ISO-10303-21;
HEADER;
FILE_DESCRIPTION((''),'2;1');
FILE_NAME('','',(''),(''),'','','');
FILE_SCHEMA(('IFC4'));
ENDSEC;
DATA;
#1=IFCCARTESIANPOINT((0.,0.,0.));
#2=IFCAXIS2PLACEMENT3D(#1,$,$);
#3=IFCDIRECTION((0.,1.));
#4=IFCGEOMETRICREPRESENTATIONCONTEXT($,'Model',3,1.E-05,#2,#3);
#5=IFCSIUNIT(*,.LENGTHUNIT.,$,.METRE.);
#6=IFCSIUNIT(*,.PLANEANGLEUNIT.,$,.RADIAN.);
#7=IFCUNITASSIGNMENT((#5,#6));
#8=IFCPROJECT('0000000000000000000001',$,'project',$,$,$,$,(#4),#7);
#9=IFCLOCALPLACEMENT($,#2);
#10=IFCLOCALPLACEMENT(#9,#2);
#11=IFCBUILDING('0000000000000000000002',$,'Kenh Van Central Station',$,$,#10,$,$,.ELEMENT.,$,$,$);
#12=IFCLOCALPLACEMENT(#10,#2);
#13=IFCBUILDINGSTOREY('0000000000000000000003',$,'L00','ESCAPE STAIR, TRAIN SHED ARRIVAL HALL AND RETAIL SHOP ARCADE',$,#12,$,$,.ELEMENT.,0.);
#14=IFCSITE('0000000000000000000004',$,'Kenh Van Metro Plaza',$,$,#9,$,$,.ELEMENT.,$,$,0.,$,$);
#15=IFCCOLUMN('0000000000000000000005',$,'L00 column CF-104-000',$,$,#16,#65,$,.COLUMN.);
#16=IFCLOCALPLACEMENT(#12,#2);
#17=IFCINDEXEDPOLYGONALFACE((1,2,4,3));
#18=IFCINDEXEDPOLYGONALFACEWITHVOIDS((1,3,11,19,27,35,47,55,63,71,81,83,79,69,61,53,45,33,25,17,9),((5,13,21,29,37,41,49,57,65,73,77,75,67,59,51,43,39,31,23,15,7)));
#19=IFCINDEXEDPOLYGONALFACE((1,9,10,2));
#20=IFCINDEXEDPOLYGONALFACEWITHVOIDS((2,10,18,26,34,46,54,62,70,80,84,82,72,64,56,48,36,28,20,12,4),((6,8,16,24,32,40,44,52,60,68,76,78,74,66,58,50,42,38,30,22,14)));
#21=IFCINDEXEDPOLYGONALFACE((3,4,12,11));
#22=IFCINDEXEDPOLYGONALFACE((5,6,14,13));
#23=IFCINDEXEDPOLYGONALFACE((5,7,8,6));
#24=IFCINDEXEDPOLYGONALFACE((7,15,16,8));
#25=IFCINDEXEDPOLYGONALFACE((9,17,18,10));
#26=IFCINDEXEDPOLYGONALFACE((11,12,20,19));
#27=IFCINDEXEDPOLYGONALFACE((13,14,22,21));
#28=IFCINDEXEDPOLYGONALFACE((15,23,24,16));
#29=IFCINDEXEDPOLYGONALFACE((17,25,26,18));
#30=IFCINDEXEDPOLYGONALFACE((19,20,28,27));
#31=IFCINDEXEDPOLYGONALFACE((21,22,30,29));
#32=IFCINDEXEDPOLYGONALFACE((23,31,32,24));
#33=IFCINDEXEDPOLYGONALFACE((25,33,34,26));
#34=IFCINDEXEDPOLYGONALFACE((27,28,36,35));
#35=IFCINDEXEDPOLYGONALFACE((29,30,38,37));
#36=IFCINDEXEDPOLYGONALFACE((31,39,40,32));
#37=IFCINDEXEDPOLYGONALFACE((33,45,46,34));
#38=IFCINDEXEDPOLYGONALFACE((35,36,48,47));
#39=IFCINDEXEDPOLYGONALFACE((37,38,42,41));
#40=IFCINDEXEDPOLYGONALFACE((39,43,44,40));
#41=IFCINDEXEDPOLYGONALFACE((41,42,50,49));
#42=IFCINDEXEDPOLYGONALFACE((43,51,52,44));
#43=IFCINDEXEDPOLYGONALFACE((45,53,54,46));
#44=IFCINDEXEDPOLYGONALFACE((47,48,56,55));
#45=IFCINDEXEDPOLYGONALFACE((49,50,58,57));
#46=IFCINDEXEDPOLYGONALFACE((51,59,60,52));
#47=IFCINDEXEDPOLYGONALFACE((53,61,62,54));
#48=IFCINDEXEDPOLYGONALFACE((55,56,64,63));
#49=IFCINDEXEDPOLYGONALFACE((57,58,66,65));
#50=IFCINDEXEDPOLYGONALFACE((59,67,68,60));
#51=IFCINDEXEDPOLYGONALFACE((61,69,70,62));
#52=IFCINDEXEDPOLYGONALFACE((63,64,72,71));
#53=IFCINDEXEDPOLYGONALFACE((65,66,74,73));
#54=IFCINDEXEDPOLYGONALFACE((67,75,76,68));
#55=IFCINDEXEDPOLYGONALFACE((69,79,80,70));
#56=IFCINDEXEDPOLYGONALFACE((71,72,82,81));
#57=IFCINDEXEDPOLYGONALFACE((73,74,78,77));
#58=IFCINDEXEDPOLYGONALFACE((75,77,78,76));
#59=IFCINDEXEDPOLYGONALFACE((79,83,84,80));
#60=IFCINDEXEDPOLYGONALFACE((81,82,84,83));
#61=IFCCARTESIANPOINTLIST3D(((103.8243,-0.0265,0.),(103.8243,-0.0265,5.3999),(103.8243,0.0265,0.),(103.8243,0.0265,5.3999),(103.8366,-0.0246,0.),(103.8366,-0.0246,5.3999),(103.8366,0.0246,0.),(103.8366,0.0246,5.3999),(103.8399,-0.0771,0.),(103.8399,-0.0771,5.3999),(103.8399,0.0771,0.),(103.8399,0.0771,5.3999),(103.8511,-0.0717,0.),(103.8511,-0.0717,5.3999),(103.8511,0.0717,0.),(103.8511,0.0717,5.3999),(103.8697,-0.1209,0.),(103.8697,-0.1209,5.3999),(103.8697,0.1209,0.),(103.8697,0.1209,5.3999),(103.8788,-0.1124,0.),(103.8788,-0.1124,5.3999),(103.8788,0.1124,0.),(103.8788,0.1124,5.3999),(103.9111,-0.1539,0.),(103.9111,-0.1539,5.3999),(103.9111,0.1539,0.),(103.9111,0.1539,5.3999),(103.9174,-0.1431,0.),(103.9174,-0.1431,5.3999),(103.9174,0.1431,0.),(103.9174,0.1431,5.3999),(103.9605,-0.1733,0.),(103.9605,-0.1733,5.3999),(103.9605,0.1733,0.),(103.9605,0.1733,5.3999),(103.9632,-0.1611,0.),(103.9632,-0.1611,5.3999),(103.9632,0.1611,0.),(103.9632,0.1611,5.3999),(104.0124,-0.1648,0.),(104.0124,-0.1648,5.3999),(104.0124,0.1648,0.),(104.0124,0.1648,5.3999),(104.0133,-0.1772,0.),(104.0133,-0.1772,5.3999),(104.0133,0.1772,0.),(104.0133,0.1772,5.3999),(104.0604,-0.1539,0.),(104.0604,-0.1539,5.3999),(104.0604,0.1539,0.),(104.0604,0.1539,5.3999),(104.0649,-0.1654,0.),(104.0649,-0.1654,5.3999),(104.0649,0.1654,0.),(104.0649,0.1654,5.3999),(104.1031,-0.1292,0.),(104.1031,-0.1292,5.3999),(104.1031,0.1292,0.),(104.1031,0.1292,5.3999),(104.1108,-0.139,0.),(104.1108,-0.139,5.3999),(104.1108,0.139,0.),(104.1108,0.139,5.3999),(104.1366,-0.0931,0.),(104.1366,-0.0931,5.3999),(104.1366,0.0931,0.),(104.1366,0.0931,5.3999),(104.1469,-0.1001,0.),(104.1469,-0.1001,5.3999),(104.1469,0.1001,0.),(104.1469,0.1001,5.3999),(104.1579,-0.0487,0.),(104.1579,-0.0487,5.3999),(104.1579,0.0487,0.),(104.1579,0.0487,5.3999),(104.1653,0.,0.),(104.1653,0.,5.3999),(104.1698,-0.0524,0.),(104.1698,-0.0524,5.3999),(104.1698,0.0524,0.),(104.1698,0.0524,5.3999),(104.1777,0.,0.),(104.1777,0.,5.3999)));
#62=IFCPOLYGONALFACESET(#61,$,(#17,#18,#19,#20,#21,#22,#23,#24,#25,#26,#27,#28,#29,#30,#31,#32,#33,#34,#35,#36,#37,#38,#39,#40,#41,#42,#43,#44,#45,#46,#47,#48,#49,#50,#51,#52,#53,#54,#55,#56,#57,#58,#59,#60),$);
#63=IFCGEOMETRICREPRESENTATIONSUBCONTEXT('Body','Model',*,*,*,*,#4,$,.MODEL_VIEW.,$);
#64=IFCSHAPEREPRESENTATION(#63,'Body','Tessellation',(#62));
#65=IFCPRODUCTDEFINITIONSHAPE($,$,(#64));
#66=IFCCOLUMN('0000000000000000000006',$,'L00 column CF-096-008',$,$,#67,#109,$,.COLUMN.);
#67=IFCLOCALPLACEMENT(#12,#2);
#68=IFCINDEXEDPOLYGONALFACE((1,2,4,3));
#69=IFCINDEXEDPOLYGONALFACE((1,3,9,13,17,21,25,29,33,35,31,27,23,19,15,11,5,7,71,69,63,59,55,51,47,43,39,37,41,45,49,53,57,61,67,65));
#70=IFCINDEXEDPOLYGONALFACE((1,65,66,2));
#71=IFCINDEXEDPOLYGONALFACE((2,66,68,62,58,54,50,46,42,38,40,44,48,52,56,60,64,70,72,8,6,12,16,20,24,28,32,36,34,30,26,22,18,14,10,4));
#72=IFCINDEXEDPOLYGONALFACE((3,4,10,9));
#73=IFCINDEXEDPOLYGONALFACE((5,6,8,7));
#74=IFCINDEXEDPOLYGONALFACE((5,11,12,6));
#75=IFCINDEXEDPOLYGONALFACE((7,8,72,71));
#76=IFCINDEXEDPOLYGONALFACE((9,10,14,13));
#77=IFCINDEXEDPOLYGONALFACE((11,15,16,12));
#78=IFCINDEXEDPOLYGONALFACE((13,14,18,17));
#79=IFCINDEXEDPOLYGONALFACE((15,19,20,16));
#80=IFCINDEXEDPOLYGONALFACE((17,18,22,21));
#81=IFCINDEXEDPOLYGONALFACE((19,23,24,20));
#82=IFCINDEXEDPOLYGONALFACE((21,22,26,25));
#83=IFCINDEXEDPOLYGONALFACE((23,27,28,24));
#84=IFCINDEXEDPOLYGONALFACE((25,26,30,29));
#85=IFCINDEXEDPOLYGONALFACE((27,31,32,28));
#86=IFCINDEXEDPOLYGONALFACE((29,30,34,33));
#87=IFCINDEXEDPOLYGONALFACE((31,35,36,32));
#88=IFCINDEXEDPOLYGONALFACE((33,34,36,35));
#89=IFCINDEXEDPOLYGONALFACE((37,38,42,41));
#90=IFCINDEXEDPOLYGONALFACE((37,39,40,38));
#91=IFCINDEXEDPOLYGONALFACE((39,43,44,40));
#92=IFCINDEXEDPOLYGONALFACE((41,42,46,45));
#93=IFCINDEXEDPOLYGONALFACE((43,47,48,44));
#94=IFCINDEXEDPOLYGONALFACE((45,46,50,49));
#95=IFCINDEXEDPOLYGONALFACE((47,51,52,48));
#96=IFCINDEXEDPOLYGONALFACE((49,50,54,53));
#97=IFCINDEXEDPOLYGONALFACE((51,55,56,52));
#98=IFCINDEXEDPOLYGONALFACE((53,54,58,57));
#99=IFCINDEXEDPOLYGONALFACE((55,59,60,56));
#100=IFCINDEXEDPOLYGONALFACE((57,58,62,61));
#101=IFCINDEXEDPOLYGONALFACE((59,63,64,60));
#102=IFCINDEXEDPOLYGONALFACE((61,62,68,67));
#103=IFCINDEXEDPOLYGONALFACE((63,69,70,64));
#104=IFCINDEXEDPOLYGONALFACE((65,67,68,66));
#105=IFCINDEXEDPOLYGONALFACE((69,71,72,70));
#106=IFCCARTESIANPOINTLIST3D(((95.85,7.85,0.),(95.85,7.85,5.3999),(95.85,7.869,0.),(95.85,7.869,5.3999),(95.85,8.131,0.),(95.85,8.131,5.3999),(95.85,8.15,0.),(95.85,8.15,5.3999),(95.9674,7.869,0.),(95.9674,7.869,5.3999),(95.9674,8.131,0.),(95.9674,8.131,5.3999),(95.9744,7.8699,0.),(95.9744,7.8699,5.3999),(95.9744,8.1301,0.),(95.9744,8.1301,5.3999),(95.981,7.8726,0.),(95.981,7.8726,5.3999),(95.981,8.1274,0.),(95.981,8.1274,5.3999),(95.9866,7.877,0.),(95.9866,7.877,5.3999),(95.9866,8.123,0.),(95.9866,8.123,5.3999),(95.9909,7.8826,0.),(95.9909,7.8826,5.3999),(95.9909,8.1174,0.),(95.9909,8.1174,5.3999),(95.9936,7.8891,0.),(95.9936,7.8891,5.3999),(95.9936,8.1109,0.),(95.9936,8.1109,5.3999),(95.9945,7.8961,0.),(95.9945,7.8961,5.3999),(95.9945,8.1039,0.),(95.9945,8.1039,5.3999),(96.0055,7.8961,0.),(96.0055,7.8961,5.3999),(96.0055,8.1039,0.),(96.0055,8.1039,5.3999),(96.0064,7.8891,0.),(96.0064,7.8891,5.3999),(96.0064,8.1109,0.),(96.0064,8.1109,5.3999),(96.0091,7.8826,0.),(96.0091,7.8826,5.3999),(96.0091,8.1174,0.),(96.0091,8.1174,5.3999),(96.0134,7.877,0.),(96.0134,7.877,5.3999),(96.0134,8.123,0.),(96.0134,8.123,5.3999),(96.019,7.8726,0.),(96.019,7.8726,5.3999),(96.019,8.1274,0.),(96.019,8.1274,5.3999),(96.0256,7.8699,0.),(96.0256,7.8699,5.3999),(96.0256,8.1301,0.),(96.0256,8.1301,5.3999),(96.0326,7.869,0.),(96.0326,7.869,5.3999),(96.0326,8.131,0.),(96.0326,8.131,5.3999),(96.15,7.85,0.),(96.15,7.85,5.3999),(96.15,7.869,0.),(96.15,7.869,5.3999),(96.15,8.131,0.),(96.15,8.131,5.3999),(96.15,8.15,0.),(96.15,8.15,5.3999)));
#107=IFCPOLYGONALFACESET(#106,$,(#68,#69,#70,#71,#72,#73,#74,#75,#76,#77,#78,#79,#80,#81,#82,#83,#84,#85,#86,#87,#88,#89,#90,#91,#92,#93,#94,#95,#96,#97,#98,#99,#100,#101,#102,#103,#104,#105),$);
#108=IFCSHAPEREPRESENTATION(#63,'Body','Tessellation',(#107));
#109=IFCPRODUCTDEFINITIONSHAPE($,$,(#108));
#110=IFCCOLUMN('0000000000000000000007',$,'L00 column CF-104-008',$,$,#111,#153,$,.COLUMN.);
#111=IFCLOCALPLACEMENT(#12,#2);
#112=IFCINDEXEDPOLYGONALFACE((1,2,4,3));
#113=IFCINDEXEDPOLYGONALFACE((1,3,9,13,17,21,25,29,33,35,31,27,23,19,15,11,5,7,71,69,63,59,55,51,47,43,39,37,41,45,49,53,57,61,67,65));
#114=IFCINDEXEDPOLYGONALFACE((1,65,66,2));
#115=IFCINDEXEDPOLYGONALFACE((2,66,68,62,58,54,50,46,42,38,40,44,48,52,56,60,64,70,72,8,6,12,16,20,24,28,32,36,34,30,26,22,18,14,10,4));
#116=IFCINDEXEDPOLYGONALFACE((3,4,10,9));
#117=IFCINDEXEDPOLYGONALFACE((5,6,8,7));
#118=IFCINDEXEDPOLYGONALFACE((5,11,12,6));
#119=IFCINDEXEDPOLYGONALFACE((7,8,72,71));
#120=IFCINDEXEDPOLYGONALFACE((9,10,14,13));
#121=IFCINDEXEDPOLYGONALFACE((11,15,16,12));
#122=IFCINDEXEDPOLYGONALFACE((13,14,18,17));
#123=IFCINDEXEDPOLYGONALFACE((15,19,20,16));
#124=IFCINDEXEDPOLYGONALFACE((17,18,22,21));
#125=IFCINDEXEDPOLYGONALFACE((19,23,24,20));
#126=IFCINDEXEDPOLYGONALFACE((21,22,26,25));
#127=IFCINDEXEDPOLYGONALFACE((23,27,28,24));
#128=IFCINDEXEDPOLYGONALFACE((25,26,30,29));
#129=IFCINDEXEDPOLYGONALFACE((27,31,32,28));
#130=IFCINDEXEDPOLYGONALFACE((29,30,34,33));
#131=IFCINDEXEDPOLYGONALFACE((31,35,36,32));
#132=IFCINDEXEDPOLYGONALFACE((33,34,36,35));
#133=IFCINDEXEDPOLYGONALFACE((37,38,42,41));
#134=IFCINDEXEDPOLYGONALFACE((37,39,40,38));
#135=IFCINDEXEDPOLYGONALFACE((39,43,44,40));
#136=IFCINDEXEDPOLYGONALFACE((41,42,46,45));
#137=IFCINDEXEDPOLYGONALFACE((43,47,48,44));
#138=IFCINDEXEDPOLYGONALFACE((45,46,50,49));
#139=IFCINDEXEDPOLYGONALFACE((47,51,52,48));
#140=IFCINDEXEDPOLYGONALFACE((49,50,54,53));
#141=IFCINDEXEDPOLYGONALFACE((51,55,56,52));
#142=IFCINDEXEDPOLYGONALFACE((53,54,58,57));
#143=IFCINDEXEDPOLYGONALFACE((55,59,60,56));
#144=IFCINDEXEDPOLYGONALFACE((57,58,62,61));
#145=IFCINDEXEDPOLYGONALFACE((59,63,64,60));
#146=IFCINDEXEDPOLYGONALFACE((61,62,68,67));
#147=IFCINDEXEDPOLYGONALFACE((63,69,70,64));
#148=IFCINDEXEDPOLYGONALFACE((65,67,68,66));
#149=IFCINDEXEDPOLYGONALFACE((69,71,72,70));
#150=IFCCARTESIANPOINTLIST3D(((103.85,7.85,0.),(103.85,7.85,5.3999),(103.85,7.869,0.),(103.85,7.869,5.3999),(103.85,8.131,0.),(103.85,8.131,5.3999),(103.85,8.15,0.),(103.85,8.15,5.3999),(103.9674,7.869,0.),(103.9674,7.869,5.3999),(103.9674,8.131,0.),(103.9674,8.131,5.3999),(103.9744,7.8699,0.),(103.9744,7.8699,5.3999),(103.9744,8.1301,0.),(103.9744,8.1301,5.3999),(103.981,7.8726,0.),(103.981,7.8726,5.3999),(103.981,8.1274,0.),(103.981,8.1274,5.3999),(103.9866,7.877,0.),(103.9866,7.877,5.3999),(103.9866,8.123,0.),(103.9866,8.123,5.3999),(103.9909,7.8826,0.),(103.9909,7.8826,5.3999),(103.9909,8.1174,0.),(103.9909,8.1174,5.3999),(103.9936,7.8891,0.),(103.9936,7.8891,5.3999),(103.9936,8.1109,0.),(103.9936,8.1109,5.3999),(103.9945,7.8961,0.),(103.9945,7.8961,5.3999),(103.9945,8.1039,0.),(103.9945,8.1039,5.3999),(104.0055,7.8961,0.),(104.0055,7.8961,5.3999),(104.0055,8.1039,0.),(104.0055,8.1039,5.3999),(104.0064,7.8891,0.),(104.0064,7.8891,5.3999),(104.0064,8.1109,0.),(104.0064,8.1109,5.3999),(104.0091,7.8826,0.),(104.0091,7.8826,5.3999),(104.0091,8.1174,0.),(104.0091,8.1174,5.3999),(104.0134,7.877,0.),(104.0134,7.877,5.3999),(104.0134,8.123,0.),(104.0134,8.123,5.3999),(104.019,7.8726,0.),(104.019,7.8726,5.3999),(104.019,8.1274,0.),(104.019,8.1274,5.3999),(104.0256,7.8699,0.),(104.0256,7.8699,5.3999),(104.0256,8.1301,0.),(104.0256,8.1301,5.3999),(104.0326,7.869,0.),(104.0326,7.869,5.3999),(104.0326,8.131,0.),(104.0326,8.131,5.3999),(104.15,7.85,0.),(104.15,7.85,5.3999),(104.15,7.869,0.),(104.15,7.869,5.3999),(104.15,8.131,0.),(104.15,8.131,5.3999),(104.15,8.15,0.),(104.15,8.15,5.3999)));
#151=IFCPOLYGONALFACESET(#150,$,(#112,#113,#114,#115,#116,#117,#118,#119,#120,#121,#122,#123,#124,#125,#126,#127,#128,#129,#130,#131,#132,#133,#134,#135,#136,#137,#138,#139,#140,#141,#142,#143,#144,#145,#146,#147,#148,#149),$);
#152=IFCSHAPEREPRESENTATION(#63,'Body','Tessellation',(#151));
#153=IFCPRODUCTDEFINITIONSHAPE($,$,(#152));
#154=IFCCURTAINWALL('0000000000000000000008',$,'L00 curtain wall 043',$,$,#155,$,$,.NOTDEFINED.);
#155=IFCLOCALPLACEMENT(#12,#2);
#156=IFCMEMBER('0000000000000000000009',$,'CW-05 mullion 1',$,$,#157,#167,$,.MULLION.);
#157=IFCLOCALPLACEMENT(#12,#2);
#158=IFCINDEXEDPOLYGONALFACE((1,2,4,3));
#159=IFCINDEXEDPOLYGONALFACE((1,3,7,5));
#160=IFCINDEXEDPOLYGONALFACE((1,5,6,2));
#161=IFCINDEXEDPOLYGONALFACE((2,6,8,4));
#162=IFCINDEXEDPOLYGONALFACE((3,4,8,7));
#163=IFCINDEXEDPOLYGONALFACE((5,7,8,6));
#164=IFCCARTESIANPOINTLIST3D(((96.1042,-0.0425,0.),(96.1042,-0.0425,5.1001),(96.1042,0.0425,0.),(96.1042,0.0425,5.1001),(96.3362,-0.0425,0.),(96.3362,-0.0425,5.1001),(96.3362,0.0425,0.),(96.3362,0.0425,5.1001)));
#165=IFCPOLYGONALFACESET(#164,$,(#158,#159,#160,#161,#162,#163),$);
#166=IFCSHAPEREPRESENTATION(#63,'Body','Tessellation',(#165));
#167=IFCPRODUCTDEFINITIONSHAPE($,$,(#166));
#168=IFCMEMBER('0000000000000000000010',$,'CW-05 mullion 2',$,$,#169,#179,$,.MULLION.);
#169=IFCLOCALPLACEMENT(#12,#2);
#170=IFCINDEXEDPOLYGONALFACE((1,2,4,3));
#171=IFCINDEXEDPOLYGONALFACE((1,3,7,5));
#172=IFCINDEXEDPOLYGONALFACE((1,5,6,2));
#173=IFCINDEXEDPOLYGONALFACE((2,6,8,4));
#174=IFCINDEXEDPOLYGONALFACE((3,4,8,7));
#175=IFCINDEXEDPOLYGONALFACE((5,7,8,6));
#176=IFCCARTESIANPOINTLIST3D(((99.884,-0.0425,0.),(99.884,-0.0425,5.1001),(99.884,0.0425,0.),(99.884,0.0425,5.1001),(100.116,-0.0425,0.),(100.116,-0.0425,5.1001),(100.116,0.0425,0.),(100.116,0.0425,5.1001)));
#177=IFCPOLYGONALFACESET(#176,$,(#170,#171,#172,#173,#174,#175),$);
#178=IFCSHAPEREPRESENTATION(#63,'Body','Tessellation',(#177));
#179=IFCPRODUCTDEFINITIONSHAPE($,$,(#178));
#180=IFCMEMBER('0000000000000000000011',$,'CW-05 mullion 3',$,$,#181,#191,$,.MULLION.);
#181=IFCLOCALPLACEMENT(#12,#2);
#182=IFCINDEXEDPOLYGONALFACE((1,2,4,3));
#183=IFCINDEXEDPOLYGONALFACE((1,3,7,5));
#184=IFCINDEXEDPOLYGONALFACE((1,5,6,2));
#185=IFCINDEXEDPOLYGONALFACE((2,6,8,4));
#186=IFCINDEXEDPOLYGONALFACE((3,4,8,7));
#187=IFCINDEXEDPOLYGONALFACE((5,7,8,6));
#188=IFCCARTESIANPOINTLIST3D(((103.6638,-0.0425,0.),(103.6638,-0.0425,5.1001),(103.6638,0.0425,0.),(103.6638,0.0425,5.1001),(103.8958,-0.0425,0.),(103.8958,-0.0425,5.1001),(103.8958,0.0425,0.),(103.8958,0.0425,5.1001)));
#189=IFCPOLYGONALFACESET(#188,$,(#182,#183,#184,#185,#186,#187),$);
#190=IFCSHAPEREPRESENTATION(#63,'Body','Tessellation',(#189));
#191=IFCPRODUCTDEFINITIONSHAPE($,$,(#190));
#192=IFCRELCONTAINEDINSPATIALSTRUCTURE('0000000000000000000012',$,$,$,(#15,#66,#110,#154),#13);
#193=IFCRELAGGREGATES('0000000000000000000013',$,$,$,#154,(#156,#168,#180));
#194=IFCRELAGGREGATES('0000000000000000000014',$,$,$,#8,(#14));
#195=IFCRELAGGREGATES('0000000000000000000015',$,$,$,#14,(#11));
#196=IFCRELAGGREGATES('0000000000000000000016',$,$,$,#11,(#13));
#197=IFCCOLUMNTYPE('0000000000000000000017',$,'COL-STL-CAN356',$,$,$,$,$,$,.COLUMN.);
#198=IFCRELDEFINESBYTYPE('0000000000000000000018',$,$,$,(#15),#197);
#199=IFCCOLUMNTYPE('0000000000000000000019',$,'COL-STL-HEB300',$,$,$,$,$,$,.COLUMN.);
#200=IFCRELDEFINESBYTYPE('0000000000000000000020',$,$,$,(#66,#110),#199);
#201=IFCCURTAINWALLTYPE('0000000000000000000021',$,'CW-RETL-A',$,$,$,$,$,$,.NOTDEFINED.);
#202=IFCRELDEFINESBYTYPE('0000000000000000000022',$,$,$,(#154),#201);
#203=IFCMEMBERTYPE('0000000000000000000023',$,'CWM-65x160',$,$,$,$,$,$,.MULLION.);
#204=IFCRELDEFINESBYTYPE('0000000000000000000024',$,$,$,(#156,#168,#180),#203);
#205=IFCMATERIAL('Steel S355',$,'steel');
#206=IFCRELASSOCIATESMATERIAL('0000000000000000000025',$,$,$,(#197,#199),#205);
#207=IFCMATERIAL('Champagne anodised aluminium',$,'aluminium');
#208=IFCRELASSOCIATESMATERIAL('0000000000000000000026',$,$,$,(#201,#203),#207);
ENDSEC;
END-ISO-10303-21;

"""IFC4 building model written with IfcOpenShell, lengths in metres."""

from ifc_helpers import new_model, si_unit, direction, frame, origin, origin_2d, place, context, subcontext, project, spatial, rectangle, hollow_circle, i_section, extrude, material, material_profile, profile_set, type_object, element, aggregate, save


model = new_model("IFC4")

# Units and contexts
model_context = context("Model", 3, precision=1e-05, world=origin(), true_north=direction((0.0, 1.0)))
body_context = subcontext(model_context, "Body", "Model", "MODEL_VIEW")
ifc_project = project(units=[si_unit("LENGTHUNIT", "METRE"), si_unit("PLANEANGLEUNIT", "RADIAN")], contexts=[model_context])

# Site, building, storey
site_placement = place(None, origin())
site = spatial("IfcSite", under=ifc_project, at=site_placement, Name="Kenh Van Metro Plaza", CompositionType="ELEMENT", RefElevation=0.0)
building_placement = place(site_placement, origin())
building = spatial("IfcBuilding", under=site, at=building_placement, Name="Kenh Van Central Station", CompositionType="ELEMENT")
storey_placement = place(building_placement, origin())
storey = spatial("IfcBuildingStorey", under=building, at=storey_placement, Name="L00", Description="ESCAPE STAIR, TRAIN SHED ARRIVAL HALL AND RETAIL SHOP ARCADE", CompositionType="ELEMENT", Elevation=0.0)

# Columns
ifc_material_1 = material(Name="Steel S355", Category="steel")
ifc_material_profile_1 = material_profile(ifc_material_1, hollow_circle(Radius=0.1777, WallThickness=0.0125, at=origin_2d()), Name="CHS 355.6x12.5")
ifc_profile_set_1 = profile_set([ifc_material_profile_1], Name="Steel S355")
column_type_1 = type_object("IfcColumnType", Name="COL-STL-CAN356", PredefinedType="COLUMN", material=ifc_profile_set_1)
column_placement = place(storey_placement, frame((104.0, 0.0, 0.0), z_axis=(0.0, 0.0, 1.0), x_axis=(1.0, 0.0, 0.0)))
element("IfcColumn", 1, at=column_placement, inside=storey, type_object=column_type_1, Name="L00 column CF-104-000", PredefinedType="COLUMN", context=body_context, shape_type="SweptSolid", body=[
    extrude(hollow_circle(Radius=0.1777, WallThickness=0.0125, at=origin_2d()), origin(), (0.0, 0.0, 1.0), 5.3999),
])
ifc_material_profile_2 = material_profile(ifc_material_1, i_section(OverallWidth=0.3, OverallDepth=0.3, WebThickness=0.011, FlangeThickness=0.019, FilletRadius=0.0271, at=origin_2d()), Name="HEB 300")
ifc_profile_set_2 = profile_set([ifc_material_profile_2], Name="Steel S355")
column_type_2 = type_object("IfcColumnType", Name="COL-STL-HEB300", PredefinedType="COLUMN", material=ifc_profile_set_2)
for number, where, z_axis, x_axis, name in (
    (2, (96.0, 8.0, 0.0), (0.0, 0.0, 1.0), (1.0, 0.0, 0.0), "L00 column CF-096-008"),
    (3, (104.0, 8.0, 0.0), (0.0, 0.0, 1.0), (1.0, 0.0, 0.0), "L00 column CF-104-008"),
):
    element("IfcColumn", number, at=place(storey_placement, frame(where, z_axis=z_axis, x_axis=x_axis)), inside=storey, type_object=column_type_2, Name=name, PredefinedType="COLUMN", context=body_context, shape_type="SweptSolid", body=[
        extrude(i_section(OverallWidth=0.3, OverallDepth=0.3, WebThickness=0.011, FlangeThickness=0.019, FilletRadius=0.0271, at=origin_2d()), origin(), (0.0, 0.0, 1.0), 5.3999),
    ])

# Curtain wall, members
ifc_material_2 = material(Name="Champagne anodised aluminium", Category="aluminium")
curtain_wall_type = type_object("IfcCurtainWallType", Name="CW-RETL-A", PredefinedType="NOTDEFINED", material=ifc_material_2)
curtain_wall_1_placement = place(storey_placement, origin())
curtain_wall_1 = element("IfcCurtainWall", 4, at=curtain_wall_1_placement, inside=storey, type_object=curtain_wall_type, Name="L00 curtain wall 043", PredefinedType="NOTDEFINED")
ifc_material_profile_3 = material_profile(ifc_material_2, rectangle(XDim=0.085, YDim=0.2319, at=origin_2d()), Name="AL 85x232")
ifc_profile_set_3 = profile_set([ifc_material_profile_3], Name="Champagne anodised aluminium")
member_type_1 = type_object("IfcMemberType", Name="CWM-65x160", PredefinedType="MULLION", material=ifc_profile_set_3)
member_1_placement = place(storey_placement, frame((96.2202, 0.0, 0.0), z_axis=(0.0, 0.0, 1.0), x_axis=(0.0, 1.0, 0.0)))
member_1 = element("IfcMember", 5, at=member_1_placement, type_object=member_type_1, Name="CW-05 mullion 1", PredefinedType="MULLION", context=body_context, shape_type="SweptSolid", body=[
    extrude(rectangle(XDim=0.085, YDim=0.2319, at=origin_2d()), origin(), (0.0, 0.0, 1.0), 5.1001),
])
member_2_placement = place(storey_placement, frame((100.0, 0.0, 0.0), z_axis=(0.0, 0.0, 1.0), x_axis=(0.0, 1.0, 0.0)))
member_2 = element("IfcMember", 6, at=member_2_placement, type_object=member_type_1, Name="CW-05 mullion 2", PredefinedType="MULLION", context=body_context, shape_type="SweptSolid", body=[
    extrude(rectangle(XDim=0.085, YDim=0.2319, at=origin_2d()), origin(), (0.0, 0.0, 1.0), 5.1001),
])
member_3_placement = place(storey_placement, frame((103.7798, 0.0, 0.0), z_axis=(0.0, 0.0, 1.0), x_axis=(0.0, 1.0, 0.0)))
member_3 = element("IfcMember", 7, at=member_3_placement, type_object=member_type_1, Name="CW-05 mullion 3", PredefinedType="MULLION", context=body_context, shape_type="SweptSolid", body=[
    extrude(rectangle(XDim=0.085, YDim=0.2319, at=origin_2d()), origin(), (0.0, 0.0, 1.0), 5.1001),
])

aggregate(curtain_wall_1, [member_1, member_2, member_3])

save(model, "model.ifc")
